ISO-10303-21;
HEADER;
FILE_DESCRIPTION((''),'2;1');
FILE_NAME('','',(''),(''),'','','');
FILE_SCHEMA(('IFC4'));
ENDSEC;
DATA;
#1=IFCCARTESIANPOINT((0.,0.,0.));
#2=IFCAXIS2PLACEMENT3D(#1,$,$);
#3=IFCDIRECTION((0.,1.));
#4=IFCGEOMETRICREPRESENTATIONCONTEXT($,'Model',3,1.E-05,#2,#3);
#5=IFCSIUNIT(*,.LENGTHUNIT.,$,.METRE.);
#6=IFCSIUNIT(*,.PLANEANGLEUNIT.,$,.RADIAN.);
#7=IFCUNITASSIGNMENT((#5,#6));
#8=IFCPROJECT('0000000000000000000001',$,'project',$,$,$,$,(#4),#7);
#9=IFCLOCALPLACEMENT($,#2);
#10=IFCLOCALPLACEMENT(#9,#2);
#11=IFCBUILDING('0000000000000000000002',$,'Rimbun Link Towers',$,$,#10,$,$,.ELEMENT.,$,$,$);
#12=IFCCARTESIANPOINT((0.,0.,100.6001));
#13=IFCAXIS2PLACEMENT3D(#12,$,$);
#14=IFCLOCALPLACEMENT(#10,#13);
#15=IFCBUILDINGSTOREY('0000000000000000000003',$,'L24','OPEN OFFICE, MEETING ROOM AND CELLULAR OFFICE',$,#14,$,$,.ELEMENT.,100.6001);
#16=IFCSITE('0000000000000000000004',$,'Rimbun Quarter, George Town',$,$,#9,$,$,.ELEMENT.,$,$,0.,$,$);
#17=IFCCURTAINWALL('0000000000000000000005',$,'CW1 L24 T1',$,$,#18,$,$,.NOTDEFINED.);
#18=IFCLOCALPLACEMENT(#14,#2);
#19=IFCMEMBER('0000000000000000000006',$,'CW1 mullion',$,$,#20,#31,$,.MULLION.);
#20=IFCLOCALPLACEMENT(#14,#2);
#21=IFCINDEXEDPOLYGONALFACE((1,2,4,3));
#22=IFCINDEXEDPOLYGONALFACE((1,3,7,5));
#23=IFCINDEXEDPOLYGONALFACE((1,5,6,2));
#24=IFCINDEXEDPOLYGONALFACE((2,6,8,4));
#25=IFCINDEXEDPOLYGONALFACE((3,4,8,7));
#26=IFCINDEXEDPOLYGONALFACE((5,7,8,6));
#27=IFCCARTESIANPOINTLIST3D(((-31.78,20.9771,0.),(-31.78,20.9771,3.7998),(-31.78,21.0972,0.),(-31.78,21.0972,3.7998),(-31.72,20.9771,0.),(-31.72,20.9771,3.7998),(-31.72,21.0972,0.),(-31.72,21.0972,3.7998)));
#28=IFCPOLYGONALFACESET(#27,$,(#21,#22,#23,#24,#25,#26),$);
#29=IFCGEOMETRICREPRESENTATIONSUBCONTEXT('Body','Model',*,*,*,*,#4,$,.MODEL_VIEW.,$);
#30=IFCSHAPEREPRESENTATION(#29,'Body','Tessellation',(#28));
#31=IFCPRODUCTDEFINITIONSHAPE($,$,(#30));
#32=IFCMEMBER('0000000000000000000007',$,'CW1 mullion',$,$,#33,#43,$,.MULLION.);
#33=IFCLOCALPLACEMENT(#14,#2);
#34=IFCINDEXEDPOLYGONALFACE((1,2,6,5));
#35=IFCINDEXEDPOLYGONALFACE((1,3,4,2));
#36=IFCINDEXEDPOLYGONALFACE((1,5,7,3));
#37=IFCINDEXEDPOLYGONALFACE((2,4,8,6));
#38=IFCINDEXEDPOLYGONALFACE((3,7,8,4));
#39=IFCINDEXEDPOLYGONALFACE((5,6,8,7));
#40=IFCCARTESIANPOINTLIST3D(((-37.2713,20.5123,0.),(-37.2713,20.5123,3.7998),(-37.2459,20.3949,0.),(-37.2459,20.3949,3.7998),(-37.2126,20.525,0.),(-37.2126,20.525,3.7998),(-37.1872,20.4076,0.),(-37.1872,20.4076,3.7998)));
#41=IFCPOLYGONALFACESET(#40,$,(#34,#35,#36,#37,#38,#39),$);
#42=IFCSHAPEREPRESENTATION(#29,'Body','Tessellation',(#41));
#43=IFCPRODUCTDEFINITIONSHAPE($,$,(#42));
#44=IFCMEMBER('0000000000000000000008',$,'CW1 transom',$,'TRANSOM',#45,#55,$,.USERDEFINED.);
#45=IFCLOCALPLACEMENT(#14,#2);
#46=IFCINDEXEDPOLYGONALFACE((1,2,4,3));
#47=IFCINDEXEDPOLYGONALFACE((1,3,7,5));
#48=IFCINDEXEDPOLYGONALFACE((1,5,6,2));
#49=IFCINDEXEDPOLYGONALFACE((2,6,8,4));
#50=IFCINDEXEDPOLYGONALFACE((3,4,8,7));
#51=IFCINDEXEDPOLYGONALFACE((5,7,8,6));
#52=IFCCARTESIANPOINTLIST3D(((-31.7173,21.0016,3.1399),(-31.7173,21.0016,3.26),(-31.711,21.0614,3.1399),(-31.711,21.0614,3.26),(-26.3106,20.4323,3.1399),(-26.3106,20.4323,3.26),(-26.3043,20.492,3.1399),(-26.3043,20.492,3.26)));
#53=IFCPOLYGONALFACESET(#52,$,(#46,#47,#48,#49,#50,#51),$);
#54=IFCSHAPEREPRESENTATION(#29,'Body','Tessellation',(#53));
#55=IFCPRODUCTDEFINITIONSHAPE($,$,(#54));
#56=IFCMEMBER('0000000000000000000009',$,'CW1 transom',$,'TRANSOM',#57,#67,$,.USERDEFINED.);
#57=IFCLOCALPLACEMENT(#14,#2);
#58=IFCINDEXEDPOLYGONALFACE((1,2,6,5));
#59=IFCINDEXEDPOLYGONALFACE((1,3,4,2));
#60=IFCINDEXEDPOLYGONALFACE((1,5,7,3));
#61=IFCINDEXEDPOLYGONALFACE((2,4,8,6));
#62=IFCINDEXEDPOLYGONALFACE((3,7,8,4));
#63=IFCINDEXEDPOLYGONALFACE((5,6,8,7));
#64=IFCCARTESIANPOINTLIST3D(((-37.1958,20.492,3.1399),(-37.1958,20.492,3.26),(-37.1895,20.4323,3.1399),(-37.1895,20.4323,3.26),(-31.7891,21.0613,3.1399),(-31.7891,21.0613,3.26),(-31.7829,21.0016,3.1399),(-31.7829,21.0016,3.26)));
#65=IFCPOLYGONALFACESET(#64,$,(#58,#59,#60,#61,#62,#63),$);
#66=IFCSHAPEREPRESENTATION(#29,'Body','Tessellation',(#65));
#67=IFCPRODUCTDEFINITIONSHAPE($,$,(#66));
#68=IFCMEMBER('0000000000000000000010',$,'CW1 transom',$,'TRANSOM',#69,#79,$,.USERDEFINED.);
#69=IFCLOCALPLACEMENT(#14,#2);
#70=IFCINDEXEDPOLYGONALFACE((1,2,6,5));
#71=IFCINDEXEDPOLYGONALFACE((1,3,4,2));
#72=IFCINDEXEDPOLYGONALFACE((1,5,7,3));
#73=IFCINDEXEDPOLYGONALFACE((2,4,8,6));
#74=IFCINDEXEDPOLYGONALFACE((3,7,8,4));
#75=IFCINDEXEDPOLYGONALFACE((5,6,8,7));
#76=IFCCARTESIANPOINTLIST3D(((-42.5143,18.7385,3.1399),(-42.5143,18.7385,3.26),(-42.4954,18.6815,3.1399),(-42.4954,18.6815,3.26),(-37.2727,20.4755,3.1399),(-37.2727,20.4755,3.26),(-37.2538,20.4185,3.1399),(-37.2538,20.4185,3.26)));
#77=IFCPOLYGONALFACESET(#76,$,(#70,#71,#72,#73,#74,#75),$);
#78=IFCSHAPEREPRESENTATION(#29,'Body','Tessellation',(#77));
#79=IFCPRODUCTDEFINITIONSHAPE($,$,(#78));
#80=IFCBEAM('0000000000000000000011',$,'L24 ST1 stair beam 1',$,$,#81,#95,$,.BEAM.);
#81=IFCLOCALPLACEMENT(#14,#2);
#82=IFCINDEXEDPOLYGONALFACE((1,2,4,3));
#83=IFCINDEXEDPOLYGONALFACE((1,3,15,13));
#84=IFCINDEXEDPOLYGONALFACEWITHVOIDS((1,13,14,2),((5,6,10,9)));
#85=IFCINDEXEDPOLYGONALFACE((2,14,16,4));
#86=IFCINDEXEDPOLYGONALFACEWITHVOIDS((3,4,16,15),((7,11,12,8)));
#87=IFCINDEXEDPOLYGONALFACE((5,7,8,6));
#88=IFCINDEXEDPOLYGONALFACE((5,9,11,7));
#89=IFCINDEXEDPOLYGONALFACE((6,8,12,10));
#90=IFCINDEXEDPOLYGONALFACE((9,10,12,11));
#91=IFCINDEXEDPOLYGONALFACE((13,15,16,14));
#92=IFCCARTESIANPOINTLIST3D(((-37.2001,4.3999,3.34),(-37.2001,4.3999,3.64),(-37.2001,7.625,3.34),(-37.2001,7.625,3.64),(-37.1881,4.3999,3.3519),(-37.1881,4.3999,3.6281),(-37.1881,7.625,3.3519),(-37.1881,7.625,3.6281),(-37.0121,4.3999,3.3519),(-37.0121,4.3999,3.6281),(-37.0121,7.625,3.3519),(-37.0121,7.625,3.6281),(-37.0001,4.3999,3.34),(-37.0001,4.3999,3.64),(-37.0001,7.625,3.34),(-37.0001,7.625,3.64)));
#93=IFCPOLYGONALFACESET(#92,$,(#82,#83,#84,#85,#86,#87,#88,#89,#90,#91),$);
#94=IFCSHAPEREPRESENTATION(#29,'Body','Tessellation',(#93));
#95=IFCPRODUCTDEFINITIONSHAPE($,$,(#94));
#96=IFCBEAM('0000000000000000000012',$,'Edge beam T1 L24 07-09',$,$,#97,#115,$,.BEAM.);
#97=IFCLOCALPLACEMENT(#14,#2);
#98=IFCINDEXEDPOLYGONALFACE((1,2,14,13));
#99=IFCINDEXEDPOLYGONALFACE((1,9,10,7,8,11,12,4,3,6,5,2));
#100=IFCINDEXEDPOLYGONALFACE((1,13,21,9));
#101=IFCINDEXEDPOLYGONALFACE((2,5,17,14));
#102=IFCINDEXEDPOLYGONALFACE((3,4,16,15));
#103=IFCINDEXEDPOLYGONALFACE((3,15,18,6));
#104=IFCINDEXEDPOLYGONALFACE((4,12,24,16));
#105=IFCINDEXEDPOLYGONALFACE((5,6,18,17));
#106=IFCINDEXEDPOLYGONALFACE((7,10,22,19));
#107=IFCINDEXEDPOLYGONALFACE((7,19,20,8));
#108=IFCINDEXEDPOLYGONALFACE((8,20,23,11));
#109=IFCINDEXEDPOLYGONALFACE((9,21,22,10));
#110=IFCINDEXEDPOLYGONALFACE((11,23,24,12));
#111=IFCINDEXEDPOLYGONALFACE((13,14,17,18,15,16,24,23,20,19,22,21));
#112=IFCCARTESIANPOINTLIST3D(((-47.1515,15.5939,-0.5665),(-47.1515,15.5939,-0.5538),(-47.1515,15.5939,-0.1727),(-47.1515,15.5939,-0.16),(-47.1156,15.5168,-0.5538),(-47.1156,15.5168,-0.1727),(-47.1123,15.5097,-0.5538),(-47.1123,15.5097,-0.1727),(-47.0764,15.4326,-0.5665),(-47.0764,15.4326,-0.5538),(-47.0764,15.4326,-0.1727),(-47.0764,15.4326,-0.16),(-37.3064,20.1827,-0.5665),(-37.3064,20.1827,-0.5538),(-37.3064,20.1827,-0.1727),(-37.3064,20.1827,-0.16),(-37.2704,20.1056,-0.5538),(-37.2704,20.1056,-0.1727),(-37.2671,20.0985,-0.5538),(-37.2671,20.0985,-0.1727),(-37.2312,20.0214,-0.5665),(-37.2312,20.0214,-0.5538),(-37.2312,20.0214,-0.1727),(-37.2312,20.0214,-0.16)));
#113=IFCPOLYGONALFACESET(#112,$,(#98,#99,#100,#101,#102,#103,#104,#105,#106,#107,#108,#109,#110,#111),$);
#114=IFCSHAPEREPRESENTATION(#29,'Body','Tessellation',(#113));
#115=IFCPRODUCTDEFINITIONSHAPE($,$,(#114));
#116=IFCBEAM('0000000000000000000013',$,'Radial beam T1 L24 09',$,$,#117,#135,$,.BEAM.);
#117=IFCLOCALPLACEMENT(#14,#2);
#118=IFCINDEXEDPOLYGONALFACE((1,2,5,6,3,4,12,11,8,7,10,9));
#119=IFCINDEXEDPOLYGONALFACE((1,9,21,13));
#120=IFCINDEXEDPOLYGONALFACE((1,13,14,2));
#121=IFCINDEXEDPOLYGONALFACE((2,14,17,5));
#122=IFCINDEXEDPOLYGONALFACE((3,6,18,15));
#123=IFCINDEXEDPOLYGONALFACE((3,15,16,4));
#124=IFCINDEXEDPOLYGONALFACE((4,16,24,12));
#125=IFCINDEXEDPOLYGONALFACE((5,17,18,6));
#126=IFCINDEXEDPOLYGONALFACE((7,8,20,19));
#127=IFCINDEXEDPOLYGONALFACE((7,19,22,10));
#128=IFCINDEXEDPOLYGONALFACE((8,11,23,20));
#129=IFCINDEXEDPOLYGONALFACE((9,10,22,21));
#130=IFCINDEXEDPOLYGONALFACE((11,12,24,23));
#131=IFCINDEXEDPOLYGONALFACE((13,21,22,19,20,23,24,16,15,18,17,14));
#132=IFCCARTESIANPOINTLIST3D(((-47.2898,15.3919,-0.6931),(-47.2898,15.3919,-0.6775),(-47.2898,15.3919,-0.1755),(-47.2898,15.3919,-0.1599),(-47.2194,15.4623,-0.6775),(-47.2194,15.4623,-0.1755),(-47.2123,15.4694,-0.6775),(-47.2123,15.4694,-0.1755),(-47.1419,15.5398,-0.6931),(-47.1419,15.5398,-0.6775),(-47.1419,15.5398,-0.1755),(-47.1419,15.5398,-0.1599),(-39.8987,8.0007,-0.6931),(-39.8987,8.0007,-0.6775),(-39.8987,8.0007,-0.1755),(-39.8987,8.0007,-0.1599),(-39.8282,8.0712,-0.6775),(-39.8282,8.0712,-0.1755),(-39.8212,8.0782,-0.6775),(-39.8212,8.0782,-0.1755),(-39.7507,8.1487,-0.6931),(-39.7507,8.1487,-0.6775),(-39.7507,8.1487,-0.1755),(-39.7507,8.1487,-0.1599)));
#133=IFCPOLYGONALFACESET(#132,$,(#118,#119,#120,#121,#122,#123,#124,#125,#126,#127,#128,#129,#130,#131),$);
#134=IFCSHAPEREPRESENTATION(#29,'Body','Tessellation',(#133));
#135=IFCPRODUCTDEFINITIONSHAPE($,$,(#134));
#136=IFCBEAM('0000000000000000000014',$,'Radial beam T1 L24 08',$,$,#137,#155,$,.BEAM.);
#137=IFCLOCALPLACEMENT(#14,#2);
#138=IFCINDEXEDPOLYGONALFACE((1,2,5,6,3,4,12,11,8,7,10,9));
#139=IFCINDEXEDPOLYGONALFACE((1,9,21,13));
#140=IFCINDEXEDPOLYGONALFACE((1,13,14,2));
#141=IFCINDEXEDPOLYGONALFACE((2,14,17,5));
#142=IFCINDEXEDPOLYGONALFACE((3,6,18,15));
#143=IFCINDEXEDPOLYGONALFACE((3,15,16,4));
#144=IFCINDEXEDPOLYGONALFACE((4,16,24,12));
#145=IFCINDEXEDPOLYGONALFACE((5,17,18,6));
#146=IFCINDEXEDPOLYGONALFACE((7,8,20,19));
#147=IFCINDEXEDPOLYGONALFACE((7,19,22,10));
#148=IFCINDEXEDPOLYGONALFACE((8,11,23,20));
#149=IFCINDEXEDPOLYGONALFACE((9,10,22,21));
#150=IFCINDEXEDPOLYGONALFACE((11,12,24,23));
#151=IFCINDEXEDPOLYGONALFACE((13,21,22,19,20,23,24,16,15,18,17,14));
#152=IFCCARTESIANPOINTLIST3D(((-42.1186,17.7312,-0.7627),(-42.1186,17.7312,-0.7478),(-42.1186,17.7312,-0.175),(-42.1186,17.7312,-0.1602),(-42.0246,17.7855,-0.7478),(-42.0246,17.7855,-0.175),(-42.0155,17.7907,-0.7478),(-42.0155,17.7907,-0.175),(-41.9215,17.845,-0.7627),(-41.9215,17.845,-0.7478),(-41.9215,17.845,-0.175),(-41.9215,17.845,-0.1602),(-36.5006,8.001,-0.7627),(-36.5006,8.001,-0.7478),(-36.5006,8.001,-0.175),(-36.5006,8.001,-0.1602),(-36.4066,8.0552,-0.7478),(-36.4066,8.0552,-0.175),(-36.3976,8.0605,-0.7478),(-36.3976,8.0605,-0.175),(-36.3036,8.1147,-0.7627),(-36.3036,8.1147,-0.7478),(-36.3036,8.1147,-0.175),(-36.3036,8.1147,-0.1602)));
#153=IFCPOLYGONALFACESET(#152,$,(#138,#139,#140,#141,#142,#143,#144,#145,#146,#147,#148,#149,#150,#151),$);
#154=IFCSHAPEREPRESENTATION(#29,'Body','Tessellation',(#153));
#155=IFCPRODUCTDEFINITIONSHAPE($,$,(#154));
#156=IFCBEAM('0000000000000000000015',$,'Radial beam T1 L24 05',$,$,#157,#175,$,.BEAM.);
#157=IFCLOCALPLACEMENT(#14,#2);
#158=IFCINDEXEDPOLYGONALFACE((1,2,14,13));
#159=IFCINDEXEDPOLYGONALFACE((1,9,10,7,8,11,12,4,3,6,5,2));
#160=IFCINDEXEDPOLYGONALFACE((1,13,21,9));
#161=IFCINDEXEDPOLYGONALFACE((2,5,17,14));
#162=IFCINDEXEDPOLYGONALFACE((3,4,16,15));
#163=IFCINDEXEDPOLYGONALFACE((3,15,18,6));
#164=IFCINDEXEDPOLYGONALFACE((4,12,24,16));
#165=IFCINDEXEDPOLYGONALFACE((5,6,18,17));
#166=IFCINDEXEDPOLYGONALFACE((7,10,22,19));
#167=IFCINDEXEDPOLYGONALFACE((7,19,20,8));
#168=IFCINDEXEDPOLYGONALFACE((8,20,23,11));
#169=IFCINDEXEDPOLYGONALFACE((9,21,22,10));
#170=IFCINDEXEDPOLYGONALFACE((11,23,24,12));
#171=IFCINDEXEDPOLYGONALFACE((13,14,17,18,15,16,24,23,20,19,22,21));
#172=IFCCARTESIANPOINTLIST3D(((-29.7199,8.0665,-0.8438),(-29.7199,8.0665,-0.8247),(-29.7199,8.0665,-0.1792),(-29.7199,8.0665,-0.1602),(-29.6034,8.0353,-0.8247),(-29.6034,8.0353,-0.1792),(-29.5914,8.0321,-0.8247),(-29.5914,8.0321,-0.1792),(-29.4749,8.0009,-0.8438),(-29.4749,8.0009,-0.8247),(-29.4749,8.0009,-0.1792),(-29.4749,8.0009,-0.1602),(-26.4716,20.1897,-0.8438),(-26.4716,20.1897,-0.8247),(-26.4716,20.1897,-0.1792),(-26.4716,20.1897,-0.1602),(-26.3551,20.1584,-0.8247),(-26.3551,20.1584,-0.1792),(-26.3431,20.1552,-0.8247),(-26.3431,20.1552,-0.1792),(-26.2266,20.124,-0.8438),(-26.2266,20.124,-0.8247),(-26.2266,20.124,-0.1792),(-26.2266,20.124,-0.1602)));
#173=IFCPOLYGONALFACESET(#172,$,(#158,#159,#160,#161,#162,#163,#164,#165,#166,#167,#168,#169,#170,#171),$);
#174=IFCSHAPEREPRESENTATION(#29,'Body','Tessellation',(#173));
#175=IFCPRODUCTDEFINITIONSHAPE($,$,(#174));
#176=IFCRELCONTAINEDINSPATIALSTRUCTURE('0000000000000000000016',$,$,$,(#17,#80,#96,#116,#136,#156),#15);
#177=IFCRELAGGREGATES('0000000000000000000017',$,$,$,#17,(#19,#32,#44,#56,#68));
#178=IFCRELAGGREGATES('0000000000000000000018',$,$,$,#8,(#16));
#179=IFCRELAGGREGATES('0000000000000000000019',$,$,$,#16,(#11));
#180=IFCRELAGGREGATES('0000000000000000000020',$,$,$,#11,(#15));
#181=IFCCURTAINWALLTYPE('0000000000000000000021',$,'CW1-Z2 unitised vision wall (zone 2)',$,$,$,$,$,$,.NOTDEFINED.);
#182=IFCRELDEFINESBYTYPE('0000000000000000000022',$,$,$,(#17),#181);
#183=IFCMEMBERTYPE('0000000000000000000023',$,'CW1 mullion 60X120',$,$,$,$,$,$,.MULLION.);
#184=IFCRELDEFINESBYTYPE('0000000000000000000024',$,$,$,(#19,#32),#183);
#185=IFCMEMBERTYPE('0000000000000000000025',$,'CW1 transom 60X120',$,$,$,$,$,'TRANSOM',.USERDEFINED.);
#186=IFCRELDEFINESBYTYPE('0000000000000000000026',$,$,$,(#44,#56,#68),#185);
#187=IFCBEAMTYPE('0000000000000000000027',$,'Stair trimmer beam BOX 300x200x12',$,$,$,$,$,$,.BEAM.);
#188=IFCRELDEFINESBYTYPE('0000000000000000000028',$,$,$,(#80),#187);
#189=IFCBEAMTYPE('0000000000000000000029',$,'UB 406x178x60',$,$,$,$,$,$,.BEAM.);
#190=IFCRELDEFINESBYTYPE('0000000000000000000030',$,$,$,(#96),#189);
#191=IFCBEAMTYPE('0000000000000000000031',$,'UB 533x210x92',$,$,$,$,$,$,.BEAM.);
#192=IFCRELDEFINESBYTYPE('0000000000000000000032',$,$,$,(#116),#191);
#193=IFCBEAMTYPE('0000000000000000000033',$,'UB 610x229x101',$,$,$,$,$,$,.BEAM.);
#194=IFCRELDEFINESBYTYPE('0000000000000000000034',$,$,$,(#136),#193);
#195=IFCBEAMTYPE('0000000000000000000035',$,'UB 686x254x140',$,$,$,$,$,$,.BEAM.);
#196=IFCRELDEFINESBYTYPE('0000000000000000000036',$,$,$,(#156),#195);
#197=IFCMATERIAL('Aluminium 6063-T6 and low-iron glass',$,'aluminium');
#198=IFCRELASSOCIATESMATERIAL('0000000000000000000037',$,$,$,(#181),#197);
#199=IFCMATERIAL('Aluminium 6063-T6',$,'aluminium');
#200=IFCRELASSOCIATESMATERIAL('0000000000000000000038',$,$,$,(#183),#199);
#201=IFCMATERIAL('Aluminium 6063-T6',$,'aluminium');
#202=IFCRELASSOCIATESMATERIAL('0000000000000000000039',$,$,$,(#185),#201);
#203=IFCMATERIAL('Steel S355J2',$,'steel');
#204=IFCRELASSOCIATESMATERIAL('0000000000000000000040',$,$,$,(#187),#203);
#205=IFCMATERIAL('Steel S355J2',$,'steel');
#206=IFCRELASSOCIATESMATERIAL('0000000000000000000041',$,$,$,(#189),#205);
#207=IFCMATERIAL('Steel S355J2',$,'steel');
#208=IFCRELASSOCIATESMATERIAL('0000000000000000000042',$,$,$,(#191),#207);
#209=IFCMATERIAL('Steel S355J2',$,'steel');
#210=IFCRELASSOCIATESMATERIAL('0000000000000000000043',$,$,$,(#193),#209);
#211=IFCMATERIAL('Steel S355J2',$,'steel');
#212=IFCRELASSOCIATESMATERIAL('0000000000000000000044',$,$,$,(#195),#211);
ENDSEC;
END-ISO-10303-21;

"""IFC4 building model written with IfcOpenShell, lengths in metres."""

from ifc_helpers import new_model, si_unit, direction, frame, origin, origin_2d, place, context, subcontext, project, spatial, rectangle, hollow_rectangle, i_section, extrude, material, material_profile, profile_set, type_object, element, aggregate, save


model = new_model("IFC4")

# Units and contexts
model_context = context("Model", 3, precision=1e-05, world=origin(), true_north=direction((0.0, 1.0)))
body_context = subcontext(model_context, "Body", "Model", "MODEL_VIEW")
ifc_project = project(units=[si_unit("LENGTHUNIT", "METRE"), si_unit("PLANEANGLEUNIT", "RADIAN")], contexts=[model_context])

# Site, building, storey
site_placement = place(None, origin())
site = spatial("IfcSite", under=ifc_project, at=site_placement, Name="Rimbun Quarter, George Town", CompositionType="ELEMENT", RefElevation=0.0)
building_placement = place(site_placement, origin())
building = spatial("IfcBuilding", under=site, at=building_placement, Name="Rimbun Link Towers", CompositionType="ELEMENT")
storey_placement = place(building_placement, frame((0.0, 0.0, 100.6001)))
storey = spatial("IfcBuildingStorey", under=building, at=storey_placement, Name="L24", Description="OPEN OFFICE, MEETING ROOM AND CELLULAR OFFICE", CompositionType="ELEMENT", Elevation=100.6001)

# Curtain wall, members
ifc_material_1 = material(Name="Aluminium 6063-T6 and low-iron glass", Category="aluminium")
curtain_wall_type = type_object("IfcCurtainWallType", Name="CW1-Z2 unitised vision wall (zone 2)", PredefinedType="NOTDEFINED", material=ifc_material_1)
curtain_wall_placement = place(storey_placement, origin())
curtain_wall = element("IfcCurtainWall", 1, at=curtain_wall_placement, inside=storey, type_object=curtain_wall_type, Name="CW1 L24 T1", PredefinedType="NOTDEFINED")
ifc_material_2 = material(Name="Aluminium 6063-T6", Category="aluminium")
ifc_material_profile_1 = material_profile(ifc_material_2, rectangle(XDim=0.1201, YDim=0.0601, at=origin_2d()), Name="MULLION 60X120")
ifc_profile_set_1 = profile_set([ifc_material_profile_1], Name="Aluminium 6063-T6")
member_type_1 = type_object("IfcMemberType", Name="CW1 mullion 60X120", PredefinedType="MULLION", material=ifc_profile_set_1)
member_1_placement = place(storey_placement, frame((-31.75, 21.0371, 0.0), z_axis=(0.0, 0.0, 1.0), x_axis=(0.0, 1.0, 0.0)))
member_1 = element("IfcMember", 2, at=member_1_placement, type_object=member_type_1, Name="CW1 mullion", PredefinedType="MULLION", context=body_context, shape_type="SweptSolid", body=[
    extrude(rectangle(XDim=0.1201, YDim=0.0601, at=origin_2d()), origin(), (0.0, 0.0, 1.0), 3.7998),
])
member_2_placement = place(storey_placement, frame((-37.2292, 20.46, 0.0), z_axis=(0.0, 0.0, 1.0), x_axis=(-0.210863, 0.977516, 0.0)))
member_2 = element("IfcMember", 3, at=member_2_placement, type_object=member_type_1, Name="CW1 mullion", PredefinedType="MULLION", context=body_context, shape_type="SweptSolid", body=[
    extrude(rectangle(XDim=0.1201, YDim=0.0601, at=origin_2d()), origin(), (0.0, 0.0, 1.0), 3.7998),
])
ifc_material_3 = material(Name="Aluminium 6063-T6", Category="aluminium")
ifc_material_profile_2 = material_profile(ifc_material_3, rectangle(XDim=0.0601, YDim=0.1201, at=origin_2d()), Name="TRANSOM 60X120")
ifc_profile_set_2 = profile_set([ifc_material_profile_2], Name="Aluminium 6063-T6")
member_type_2 = type_object("IfcMemberType", Name="CW1 transom 60X120", ElementType="TRANSOM", PredefinedType="USERDEFINED", material=ifc_profile_set_2)
member_3_placement = place(storey_placement, frame((-31.7141, 21.0315, 3.2), z_axis=(0.994502, -0.104722, 0.0), x_axis=(0.104722, 0.994502, 0.0)))
member_3 = element("IfcMember", 4, at=member_3_placement, type_object=member_type_2, Name="CW1 transom", ObjectType="TRANSOM", PredefinedType="USERDEFINED", context=body_context, shape_type="SweptSolid", body=[
    extrude(rectangle(XDim=0.0601, YDim=0.1201, at=origin_2d()), origin(), (0.0, 0.0, 1.0), 5.4365),
])
member_4_placement = place(storey_placement, frame((-37.1926, 20.4622, 3.2), z_axis=(0.994502, 0.104722, 0.0), x_axis=(-0.104722, 0.994502, 0.0)))
member_4 = element("IfcMember", 5, at=member_4_placement, type_object=member_type_2, Name="CW1 transom", ObjectType="TRANSOM", PredefinedType="USERDEFINED", context=body_context, shape_type="SweptSolid", body=[
    extrude(rectangle(XDim=0.0601, YDim=0.1201, at=origin_2d()), origin(), (0.0, 0.0, 1.0), 5.4365),
])
member_5_placement = place(storey_placement, frame((-42.5049, 18.71, 3.2), z_axis=(0.949235, 0.314569, 0.0), x_axis=(-0.314569, 0.949235, 0.0)))
member_5 = element("IfcMember", 6, at=member_5_placement, type_object=member_type_2, Name="CW1 transom", ObjectType="TRANSOM", PredefinedType="USERDEFINED", context=body_context, shape_type="SweptSolid", body=[
    extrude(rectangle(XDim=0.0601, YDim=0.1201, at=origin_2d()), origin(), (0.0, 0.0, 1.0), 5.522),
])

# Beams
ifc_material_4 = material(Name="Steel S355J2", Category="steel")
ifc_material_profile_3 = material_profile(ifc_material_4, hollow_rectangle(XDim=0.2, YDim=0.3, WallThickness=0.012, at=origin_2d()), Name="BOX 300x200x12")
ifc_profile_set_3 = profile_set([ifc_material_profile_3], Name="Steel S355J2")
beam_type_1 = type_object("IfcBeamType", Name="Stair trimmer beam BOX 300x200x12", PredefinedType="BEAM", material=ifc_profile_set_3)
beam_1_placement = place(storey_placement, frame((-37.1001, 7.625, 3.49), z_axis=(0.0, -1.0, 0.0), x_axis=(1.0, 0.0, 0.0)))
element("IfcBeam", 7, at=beam_1_placement, inside=storey, type_object=beam_type_1, Name="L24 ST1 stair beam 1", PredefinedType="BEAM", context=body_context, shape_type="SweptSolid", body=[
    extrude(hollow_rectangle(XDim=0.2, YDim=0.3, WallThickness=0.012, at=origin_2d()), origin(), (0.0, 0.0, 1.0), 3.2251),
])
ifc_material_5 = material(Name="Steel S355J2", Category="steel")
ifc_material_profile_4 = material_profile(ifc_material_5, i_section(OverallWidth=0.178, OverallDepth=0.4065, WebThickness=0.0078, FlangeThickness=0.0127, at=origin_2d()), Name="UB 406x178x60")
ifc_profile_set_4 = profile_set([ifc_material_profile_4], Name="Steel S355J2")
beam_type_2 = type_object("IfcBeamType", Name="UB 406x178x60", PredefinedType="BEAM", material=ifc_profile_set_4)
beam_2_placement = place(storey_placement, frame((-37.2688, 20.1021, -0.3633), z_axis=(-0.906379, -0.422465, 0.0), x_axis=(0.422465, -0.906379, 0.0)))
element("IfcBeam", 8, at=beam_2_placement, inside=storey, type_object=beam_type_2, Name="Edge beam T1 L24 07-09", PredefinedType="BEAM", context=body_context, shape_type="SweptSolid", body=[
    extrude(i_section(OverallWidth=0.178, OverallDepth=0.4065, WebThickness=0.0078, FlangeThickness=0.0127, at=origin_2d()), origin(), (0.0, 0.0, 1.0), 10.8621),
])
ifc_material_6 = material(Name="Steel S355J2", Category="steel")
ifc_material_profile_5 = material_profile(ifc_material_6, i_section(OverallWidth=0.2092, OverallDepth=0.5332, WebThickness=0.01, FlangeThickness=0.0156, at=origin_2d()), Name="UB 533x210x92")
ifc_profile_set_5 = profile_set([ifc_material_profile_5], Name="Steel S355J2")
beam_type_3 = type_object("IfcBeamType", Name="UB 533x210x92", PredefinedType="BEAM", material=ifc_profile_set_5)
beam_3_placement = place(storey_placement, frame((-39.8247, 8.0747, -0.4265), z_axis=(-0.707107, 0.707107, 0.0), x_axis=(-0.707107, -0.707107, 0.0)))
element("IfcBeam", 9, at=beam_3_placement, inside=storey, type_object=beam_type_3, Name="Radial beam T1 L24 09", PredefinedType="BEAM", context=body_context, shape_type="SweptSolid", body=[
    extrude(i_section(OverallWidth=0.2092, OverallDepth=0.5332, WebThickness=0.01, FlangeThickness=0.0156, at=origin_2d()), origin(), (0.0, 0.0, 1.0), 10.4526),
])
ifc_material_7 = material(Name="Steel S355J2", Category="steel")
ifc_material_profile_6 = material_profile(ifc_material_7, i_section(OverallWidth=0.2275, OverallDepth=0.6025, WebThickness=0.0105, FlangeThickness=0.0149, at=origin_2d()), Name="UB 610x229x101")
ifc_profile_set_6 = profile_set([ifc_material_profile_6], Name="Steel S355J2")
beam_type_4 = type_object("IfcBeamType", Name="UB 610x229x101", PredefinedType="BEAM", material=ifc_profile_set_6)
beam_4_placement = place(storey_placement, frame((-36.4021, 8.0579, -0.4614), z_axis=(-0.500011, 0.866019, 0.0), x_axis=(-0.866019, -0.500011, 0.0)))
element("IfcBeam", 10, at=beam_4_placement, inside=storey, type_object=beam_type_4, Name="Radial beam T1 L24 08", PredefinedType="BEAM", context=body_context, shape_type="SweptSolid", body=[
    extrude(i_section(OverallWidth=0.2275, OverallDepth=0.6025, WebThickness=0.0105, FlangeThickness=0.0149, at=origin_2d()), origin(), (0.0, 0.0, 1.0), 11.2356),
])
ifc_material_8 = material(Name="Steel S355J2", Category="steel")
ifc_material_profile_7 = material_profile(ifc_material_8, i_section(OverallWidth=0.2537, OverallDepth=0.6836, WebThickness=0.0125, FlangeThickness=0.019, at=origin_2d()), Name="UB 686x254x140")
ifc_profile_set_7 = profile_set([ifc_material_profile_7], Name="Steel S355J2")
beam_type_5 = type_object("IfcBeamType", Name="UB 686x254x140", PredefinedType="BEAM", material=ifc_profile_set_7)
beam_5_placement = place(storey_placement, frame((-29.5974, 8.0337, -0.502), z_axis=(0.258814, 0.965927, 0.0), x_axis=(-0.965927, 0.258814, 0.0)))
element("IfcBeam", 11, at=beam_5_placement, inside=storey, type_object=beam_type_5, Name="Radial beam T1 L24 05", PredefinedType="BEAM", context=body_context, shape_type="SweptSolid", body=[
    extrude(i_section(OverallWidth=0.2537, OverallDepth=0.6836, WebThickness=0.0125, FlangeThickness=0.019, at=origin_2d()), origin(), (0.0, 0.0, 1.0), 12.5508),
])

aggregate(curtain_wall, [member_1, member_2, member_3, member_4, member_5])

save(model, "model.ifc")
